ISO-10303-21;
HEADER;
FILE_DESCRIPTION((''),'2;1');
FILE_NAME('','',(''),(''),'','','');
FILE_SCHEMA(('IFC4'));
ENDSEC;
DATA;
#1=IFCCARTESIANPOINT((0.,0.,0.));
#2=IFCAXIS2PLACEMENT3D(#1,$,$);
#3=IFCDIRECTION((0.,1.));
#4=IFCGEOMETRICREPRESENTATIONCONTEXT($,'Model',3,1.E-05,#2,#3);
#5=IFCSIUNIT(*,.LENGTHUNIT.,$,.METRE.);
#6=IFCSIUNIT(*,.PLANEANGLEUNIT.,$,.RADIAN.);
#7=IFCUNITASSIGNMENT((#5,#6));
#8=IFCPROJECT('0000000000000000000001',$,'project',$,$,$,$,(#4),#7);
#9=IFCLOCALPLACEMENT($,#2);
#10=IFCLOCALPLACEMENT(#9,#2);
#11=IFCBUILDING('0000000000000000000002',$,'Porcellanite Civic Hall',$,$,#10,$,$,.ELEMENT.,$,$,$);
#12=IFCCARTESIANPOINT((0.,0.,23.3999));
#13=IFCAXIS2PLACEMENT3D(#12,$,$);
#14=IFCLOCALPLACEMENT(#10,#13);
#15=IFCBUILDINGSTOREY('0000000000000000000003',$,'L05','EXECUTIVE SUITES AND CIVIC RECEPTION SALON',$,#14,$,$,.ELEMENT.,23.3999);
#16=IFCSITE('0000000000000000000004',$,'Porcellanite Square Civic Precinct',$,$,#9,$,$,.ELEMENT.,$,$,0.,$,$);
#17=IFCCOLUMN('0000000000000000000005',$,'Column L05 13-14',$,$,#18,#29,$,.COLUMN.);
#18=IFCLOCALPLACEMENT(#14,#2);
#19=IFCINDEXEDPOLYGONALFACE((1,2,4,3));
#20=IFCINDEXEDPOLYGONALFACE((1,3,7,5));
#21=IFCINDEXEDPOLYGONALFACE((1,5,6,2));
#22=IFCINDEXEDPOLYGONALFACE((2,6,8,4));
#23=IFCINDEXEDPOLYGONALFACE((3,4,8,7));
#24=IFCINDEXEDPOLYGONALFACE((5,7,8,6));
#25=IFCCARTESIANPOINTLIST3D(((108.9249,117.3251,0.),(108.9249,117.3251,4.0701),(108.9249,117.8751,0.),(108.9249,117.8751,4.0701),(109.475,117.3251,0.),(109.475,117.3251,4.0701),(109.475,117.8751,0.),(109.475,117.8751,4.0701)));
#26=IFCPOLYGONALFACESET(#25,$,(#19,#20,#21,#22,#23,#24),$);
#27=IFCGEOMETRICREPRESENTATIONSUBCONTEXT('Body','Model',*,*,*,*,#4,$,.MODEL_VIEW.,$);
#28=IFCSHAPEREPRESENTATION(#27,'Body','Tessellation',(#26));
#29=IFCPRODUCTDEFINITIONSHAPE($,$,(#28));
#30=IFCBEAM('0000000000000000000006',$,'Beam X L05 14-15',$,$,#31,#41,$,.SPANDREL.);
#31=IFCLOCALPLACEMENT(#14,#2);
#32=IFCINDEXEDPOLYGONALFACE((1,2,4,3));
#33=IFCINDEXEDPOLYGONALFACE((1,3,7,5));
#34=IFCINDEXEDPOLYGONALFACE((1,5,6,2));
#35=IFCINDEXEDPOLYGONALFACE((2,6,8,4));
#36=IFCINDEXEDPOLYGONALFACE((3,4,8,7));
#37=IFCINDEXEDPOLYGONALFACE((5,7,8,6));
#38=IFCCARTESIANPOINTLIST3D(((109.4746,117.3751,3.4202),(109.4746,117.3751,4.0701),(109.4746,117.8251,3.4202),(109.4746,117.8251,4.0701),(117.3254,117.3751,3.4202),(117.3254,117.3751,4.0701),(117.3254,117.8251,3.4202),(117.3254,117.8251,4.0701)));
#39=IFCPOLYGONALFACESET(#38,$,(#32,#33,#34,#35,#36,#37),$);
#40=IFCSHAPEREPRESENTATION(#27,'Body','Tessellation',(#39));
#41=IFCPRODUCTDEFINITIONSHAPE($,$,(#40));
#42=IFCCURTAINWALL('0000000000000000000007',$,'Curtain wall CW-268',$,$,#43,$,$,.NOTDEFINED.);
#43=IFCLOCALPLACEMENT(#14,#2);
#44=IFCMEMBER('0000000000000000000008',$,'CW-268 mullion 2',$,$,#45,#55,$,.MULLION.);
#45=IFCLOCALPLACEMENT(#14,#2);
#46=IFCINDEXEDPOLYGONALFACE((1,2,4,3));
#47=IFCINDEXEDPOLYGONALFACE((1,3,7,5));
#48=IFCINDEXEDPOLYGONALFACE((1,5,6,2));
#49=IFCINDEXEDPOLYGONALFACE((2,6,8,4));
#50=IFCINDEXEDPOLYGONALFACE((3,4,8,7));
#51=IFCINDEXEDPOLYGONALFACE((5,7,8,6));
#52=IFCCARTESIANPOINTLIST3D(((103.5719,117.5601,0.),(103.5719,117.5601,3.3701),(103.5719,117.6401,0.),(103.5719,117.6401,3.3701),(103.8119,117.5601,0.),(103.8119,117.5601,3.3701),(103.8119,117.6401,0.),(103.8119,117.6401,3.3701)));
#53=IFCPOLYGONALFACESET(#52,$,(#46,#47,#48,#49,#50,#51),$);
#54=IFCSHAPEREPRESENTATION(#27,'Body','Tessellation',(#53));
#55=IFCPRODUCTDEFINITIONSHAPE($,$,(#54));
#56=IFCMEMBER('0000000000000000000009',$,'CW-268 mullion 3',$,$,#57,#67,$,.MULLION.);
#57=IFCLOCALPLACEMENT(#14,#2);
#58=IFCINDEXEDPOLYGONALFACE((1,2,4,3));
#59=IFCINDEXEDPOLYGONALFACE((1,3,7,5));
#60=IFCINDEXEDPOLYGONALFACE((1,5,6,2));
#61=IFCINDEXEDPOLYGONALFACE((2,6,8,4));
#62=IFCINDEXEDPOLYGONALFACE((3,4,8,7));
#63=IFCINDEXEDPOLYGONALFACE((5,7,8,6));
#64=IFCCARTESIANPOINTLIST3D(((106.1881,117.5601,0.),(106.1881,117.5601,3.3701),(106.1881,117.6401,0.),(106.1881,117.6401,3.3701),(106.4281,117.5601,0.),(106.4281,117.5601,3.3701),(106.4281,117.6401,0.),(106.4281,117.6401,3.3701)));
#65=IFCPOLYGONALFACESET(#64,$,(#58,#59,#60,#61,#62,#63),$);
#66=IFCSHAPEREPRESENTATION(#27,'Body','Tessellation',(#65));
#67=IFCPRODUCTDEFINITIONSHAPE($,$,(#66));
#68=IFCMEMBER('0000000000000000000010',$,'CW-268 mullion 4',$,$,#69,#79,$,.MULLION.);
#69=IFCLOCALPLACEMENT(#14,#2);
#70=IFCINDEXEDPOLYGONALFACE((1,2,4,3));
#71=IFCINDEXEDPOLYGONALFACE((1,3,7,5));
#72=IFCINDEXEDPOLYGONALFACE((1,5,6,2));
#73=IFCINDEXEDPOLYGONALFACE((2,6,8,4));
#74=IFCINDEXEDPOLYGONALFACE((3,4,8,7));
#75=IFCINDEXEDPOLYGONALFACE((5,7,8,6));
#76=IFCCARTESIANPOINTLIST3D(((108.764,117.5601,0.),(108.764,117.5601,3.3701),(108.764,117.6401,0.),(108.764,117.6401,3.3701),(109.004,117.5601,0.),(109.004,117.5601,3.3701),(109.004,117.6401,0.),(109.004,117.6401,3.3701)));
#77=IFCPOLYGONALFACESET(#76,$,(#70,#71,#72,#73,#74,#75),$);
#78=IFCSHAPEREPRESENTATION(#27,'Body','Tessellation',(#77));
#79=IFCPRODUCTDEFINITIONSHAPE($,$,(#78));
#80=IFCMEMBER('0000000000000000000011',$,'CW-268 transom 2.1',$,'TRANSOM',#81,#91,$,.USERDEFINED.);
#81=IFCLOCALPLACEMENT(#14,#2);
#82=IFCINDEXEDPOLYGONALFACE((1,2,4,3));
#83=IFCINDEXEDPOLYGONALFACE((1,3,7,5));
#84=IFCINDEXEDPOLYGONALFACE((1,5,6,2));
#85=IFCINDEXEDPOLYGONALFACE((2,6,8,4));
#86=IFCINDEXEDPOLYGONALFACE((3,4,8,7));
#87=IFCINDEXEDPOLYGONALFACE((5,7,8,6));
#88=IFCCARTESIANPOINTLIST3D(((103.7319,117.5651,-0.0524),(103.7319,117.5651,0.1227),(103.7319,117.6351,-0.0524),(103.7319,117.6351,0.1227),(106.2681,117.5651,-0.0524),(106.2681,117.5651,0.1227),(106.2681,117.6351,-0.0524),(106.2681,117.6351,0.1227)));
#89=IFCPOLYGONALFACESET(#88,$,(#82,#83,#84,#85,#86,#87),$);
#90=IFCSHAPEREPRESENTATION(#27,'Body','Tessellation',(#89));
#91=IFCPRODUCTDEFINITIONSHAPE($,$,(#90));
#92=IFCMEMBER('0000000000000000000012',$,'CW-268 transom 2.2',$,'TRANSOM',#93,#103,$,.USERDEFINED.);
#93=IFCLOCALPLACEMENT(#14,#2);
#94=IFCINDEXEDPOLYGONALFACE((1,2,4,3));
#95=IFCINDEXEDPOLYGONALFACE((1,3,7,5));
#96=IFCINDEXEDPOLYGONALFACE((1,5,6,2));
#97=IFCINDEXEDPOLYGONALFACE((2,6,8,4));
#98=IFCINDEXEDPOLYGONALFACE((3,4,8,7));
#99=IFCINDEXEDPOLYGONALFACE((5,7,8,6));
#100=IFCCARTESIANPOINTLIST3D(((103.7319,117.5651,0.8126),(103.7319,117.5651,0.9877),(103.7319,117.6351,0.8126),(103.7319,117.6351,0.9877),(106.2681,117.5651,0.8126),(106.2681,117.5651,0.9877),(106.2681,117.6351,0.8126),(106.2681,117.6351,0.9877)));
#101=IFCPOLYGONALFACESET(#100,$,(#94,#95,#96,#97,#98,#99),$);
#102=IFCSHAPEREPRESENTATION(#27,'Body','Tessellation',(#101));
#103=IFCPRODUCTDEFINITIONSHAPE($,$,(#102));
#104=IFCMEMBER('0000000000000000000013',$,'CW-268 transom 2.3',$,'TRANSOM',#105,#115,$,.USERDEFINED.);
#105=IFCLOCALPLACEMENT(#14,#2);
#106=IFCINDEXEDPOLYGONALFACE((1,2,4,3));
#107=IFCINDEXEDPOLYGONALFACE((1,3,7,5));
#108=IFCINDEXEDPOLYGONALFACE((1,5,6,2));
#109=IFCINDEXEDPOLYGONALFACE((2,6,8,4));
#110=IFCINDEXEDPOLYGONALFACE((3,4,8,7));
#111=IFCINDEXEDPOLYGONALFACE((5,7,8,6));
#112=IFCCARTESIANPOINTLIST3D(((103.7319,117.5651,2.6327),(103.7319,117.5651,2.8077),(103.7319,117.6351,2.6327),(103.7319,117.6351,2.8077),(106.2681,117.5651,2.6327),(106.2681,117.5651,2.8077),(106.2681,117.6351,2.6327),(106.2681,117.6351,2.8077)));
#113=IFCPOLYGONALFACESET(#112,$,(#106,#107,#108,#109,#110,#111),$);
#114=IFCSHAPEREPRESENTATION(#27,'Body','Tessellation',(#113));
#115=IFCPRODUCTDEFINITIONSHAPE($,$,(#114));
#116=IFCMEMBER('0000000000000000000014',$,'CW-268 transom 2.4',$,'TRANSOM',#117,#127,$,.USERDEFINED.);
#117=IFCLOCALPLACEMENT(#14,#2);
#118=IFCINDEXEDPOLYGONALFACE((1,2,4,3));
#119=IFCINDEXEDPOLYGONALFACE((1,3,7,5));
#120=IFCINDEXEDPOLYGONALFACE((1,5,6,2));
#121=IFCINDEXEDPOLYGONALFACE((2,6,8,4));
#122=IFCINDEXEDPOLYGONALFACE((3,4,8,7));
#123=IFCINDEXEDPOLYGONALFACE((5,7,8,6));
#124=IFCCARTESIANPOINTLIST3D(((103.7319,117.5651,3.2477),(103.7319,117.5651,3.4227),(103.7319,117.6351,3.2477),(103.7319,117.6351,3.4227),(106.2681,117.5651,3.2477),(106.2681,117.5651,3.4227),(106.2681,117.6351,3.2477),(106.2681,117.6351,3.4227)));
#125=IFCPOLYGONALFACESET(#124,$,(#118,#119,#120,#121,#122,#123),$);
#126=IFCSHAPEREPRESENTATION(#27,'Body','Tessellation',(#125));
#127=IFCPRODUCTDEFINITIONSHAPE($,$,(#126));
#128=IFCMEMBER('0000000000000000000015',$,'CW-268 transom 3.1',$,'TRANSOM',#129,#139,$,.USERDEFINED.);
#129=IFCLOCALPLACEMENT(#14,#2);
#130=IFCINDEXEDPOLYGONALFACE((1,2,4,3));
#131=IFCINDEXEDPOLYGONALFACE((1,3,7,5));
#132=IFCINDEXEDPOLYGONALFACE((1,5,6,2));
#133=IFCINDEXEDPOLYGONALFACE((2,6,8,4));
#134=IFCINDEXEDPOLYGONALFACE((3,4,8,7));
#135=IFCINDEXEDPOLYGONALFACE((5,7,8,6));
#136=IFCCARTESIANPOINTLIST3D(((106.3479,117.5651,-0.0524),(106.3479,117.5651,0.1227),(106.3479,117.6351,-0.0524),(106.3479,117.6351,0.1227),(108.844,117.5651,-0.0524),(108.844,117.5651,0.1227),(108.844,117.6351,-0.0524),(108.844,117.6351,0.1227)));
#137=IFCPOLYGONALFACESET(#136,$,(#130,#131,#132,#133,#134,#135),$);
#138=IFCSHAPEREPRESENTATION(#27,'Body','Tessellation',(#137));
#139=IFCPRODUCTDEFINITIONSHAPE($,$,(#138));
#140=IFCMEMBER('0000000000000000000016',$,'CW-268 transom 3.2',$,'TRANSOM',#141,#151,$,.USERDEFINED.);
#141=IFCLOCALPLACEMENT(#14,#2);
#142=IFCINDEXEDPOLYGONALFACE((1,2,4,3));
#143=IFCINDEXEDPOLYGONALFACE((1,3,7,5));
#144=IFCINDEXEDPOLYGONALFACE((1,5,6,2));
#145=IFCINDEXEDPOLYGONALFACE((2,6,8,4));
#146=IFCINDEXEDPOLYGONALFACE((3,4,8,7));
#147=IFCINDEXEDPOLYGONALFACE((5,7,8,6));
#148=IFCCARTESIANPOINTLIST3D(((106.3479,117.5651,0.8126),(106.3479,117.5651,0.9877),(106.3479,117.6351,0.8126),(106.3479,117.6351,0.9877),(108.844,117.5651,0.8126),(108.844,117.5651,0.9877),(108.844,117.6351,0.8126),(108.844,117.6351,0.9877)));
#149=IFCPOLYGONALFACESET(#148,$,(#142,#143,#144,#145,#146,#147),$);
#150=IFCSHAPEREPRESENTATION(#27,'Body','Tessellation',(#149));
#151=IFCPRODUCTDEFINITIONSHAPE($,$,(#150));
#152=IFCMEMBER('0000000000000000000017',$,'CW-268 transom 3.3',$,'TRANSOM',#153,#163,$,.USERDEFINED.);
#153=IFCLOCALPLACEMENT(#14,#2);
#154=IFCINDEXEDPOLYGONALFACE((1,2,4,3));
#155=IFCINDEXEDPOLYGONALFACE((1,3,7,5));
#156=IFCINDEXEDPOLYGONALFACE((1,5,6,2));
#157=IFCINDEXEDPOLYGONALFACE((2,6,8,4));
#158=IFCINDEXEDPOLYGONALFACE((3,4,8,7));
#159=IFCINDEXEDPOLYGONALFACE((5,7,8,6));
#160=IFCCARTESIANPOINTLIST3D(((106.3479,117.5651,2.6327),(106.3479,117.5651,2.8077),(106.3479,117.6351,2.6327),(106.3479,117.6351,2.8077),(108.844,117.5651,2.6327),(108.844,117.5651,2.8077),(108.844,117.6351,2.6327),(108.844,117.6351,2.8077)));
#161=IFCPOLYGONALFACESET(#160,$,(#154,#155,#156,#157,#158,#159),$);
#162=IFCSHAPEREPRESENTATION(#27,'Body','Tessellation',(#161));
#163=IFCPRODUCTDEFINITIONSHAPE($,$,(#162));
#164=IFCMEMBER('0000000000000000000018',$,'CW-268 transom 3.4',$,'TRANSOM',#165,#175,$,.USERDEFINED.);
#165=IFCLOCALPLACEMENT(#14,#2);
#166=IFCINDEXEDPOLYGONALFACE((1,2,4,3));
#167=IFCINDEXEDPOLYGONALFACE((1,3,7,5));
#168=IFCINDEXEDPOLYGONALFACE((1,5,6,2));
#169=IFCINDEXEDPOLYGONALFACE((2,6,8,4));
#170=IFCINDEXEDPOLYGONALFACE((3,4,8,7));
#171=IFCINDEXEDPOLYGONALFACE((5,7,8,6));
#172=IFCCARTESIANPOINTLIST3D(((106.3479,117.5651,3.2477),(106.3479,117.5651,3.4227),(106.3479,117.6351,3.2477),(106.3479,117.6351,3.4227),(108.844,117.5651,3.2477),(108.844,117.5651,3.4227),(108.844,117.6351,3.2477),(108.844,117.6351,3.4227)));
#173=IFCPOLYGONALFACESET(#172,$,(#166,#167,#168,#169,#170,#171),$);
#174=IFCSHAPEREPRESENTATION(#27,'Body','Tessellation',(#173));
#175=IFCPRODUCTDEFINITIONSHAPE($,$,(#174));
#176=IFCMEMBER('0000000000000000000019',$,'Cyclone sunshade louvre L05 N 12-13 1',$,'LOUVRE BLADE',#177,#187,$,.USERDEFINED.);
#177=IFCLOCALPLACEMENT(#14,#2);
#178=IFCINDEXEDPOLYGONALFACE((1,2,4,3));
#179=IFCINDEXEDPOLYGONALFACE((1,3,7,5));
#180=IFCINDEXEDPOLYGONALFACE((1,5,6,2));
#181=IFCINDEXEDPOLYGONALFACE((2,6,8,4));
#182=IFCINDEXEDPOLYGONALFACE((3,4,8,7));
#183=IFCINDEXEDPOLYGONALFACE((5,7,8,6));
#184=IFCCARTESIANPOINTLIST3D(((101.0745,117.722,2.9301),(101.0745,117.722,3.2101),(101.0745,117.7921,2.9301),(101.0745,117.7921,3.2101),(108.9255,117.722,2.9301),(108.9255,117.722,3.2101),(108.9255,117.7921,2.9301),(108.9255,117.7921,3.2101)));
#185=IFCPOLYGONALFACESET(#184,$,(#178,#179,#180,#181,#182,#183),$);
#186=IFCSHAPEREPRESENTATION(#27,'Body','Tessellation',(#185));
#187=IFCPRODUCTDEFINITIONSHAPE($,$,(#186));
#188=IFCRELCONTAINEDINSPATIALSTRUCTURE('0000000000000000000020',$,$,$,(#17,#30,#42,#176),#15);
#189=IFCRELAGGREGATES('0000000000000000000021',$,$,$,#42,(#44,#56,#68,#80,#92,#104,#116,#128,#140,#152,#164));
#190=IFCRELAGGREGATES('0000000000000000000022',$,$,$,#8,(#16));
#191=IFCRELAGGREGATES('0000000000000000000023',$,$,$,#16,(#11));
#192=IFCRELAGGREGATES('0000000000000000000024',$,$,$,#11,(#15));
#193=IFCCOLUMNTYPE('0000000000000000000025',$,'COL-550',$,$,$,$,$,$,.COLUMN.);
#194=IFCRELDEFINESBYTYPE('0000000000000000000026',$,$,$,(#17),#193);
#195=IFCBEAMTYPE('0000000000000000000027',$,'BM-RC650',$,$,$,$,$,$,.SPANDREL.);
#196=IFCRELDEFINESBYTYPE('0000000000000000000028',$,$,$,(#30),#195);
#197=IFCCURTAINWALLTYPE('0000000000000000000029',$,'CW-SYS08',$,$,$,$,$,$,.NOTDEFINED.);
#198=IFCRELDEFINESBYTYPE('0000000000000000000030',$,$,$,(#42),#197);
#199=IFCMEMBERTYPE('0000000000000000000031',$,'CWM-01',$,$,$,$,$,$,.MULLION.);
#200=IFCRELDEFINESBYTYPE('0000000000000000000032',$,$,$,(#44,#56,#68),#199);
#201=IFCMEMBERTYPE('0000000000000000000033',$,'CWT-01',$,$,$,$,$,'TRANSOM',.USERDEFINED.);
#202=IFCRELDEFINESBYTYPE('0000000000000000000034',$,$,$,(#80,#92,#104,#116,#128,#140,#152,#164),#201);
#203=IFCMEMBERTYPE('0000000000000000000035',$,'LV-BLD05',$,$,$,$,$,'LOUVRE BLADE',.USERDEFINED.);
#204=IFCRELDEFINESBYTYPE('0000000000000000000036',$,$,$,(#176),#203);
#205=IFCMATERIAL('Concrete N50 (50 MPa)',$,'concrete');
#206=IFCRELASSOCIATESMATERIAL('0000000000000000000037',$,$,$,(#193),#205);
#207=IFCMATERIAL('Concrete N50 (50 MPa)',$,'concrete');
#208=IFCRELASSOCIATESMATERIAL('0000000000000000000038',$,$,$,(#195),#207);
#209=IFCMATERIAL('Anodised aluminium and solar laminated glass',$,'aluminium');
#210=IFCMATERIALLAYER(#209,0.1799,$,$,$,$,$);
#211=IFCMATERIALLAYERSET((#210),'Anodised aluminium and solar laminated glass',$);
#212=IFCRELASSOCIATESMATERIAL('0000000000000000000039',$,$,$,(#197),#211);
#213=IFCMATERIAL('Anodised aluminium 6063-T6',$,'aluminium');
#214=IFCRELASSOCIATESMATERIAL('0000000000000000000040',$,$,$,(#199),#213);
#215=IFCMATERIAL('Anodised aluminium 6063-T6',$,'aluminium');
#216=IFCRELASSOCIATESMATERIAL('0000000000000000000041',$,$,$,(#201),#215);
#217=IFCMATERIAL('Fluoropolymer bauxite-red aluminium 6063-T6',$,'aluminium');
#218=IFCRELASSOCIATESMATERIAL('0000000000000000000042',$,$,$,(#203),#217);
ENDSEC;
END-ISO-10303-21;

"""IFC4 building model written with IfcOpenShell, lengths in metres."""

from ifc_helpers import new_model, si_unit, direction, frame, origin, origin_2d, place, context, subcontext, project, spatial, rectangle, extrude, material, layer, layer_set, material_profile, profile_set, type_object, element, aggregate, save


model = new_model("IFC4")

# Units and contexts
model_context = context("Model", 3, precision=1e-05, world=origin(), true_north=direction((0.0, 1.0)))
body_context = subcontext(model_context, "Body", "Model", "MODEL_VIEW")
ifc_project = project(units=[si_unit("LENGTHUNIT", "METRE"), si_unit("PLANEANGLEUNIT", "RADIAN")], contexts=[model_context])

# Site, building, storey
site_placement = place(None, origin())
site = spatial("IfcSite", under=ifc_project, at=site_placement, Name="Porcellanite Square Civic Precinct", CompositionType="ELEMENT", RefElevation=0.0)
building_placement = place(site_placement, origin())
building = spatial("IfcBuilding", under=site, at=building_placement, Name="Porcellanite Civic Hall", CompositionType="ELEMENT")
storey_placement = place(building_placement, frame((0.0, 0.0, 23.3999)))
storey = spatial("IfcBuildingStorey", under=building, at=storey_placement, Name="L05", Description="EXECUTIVE SUITES AND CIVIC RECEPTION SALON", CompositionType="ELEMENT", Elevation=23.3999)

# Column
ifc_material_1 = material(Name="Concrete N50 (50 MPa)", Category="concrete")
ifc_material_profile_1 = material_profile(ifc_material_1, rectangle(XDim=0.55, YDim=0.55, at=origin_2d()), Name="RC-550x550")
ifc_profile_set_1 = profile_set([ifc_material_profile_1], Name="Concrete N50 (50 MPa)")
column_type = type_object("IfcColumnType", Name="COL-550", PredefinedType="COLUMN", material=ifc_profile_set_1)
column_placement = place(storey_placement, frame((109.2, 117.6001, 0.0), z_axis=(0.0, 0.0, 1.0), x_axis=(1.0, 0.0, 0.0)))
element("IfcColumn", 1, at=column_placement, inside=storey, type_object=column_type, Name="Column L05 13-14", PredefinedType="COLUMN", context=body_context, shape_type="SweptSolid", body=[
    extrude(rectangle(XDim=0.55, YDim=0.55, at=origin_2d()), origin(), (0.0, 0.0, 1.0), 4.0701),
])

# Beam
ifc_material_2 = material(Name="Concrete N50 (50 MPa)", Category="concrete")
ifc_material_profile_2 = material_profile(ifc_material_2, rectangle(XDim=0.45, YDim=0.6499, at=origin_2d()), Name="RC-450x650")
ifc_profile_set_2 = profile_set([ifc_material_profile_2], Name="Concrete N50 (50 MPa)")
beam_type = type_object("IfcBeamType", Name="BM-RC650", PredefinedType="SPANDREL", material=ifc_profile_set_2)
beam_placement = place(storey_placement, frame((109.4746, 117.6001, 3.7451), z_axis=(1.0, 0.0, 0.0), x_axis=(0.0, 1.0, 0.0)))
element("IfcBeam", 2, at=beam_placement, inside=storey, type_object=beam_type, Name="Beam X L05 14-15", PredefinedType="SPANDREL", context=body_context, shape_type="SweptSolid", body=[
    extrude(rectangle(XDim=0.45, YDim=0.6499, at=origin_2d()), origin(), (0.0, 0.0, 1.0), 7.8508),
])

# Curtain wall, members
ifc_material_3 = material(Name="Anodised aluminium and solar laminated glass", Category="aluminium")
ifc_layer_1 = layer(ifc_material_3, 0.1799)
ifc_layer_set_1 = layer_set([ifc_layer_1], Name="Anodised aluminium and solar laminated glass")
curtain_wall_type = type_object("IfcCurtainWallType", Name="CW-SYS08", PredefinedType="NOTDEFINED", material=ifc_layer_set_1)
curtain_wall_placement = place(storey_placement, origin())
curtain_wall = element("IfcCurtainWall", 3, at=curtain_wall_placement, inside=storey, type_object=curtain_wall_type, Name="Curtain wall CW-268", PredefinedType="NOTDEFINED")
ifc_material_4 = material(Name="Anodised aluminium 6063-T6", Category="aluminium")
ifc_material_profile_3 = material_profile(ifc_material_4, rectangle(XDim=0.0801, YDim=0.24, at=origin_2d()), Name="AL-80x240")
ifc_profile_set_3 = profile_set([ifc_material_profile_3], Name="Anodised aluminium 6063-T6")
member_type_1 = type_object("IfcMemberType", Name="CWM-01", PredefinedType="MULLION", material=ifc_profile_set_3)
member_1_placement = place(storey_placement, frame((103.6919, 117.6001, 0.0), z_axis=(0.0, 0.0, 1.0), x_axis=(0.0, 1.0, 0.0)))
member_1 = element("IfcMember", 4, at=member_1_placement, type_object=member_type_1, Name="CW-268 mullion 2", PredefinedType="MULLION", context=body_context, shape_type="SweptSolid", body=[
    extrude(rectangle(XDim=0.0801, YDim=0.24, at=origin_2d()), origin(), (0.0, 0.0, 1.0), 3.3701),
])
member_2_placement = place(storey_placement, frame((106.3081, 117.6001, 0.0), z_axis=(0.0, 0.0, 1.0), x_axis=(0.0, 1.0, 0.0)))
member_2 = element("IfcMember", 5, at=member_2_placement, type_object=member_type_1, Name="CW-268 mullion 3", PredefinedType="MULLION", context=body_context, shape_type="SweptSolid", body=[
    extrude(rectangle(XDim=0.0801, YDim=0.24, at=origin_2d()), origin(), (0.0, 0.0, 1.0), 3.3701),
])
member_3_placement = place(storey_placement, frame((108.884, 117.6001, 0.0), z_axis=(0.0, 0.0, 1.0), x_axis=(0.0, 1.0, 0.0)))
member_3 = element("IfcMember", 6, at=member_3_placement, type_object=member_type_1, Name="CW-268 mullion 4", PredefinedType="MULLION", context=body_context, shape_type="SweptSolid", body=[
    extrude(rectangle(XDim=0.0801, YDim=0.24, at=origin_2d()), origin(), (0.0, 0.0, 1.0), 3.3701),
])
ifc_material_5 = material(Name="Anodised aluminium 6063-T6", Category="aluminium")
ifc_material_profile_4 = material_profile(ifc_material_5, rectangle(XDim=0.0701, YDim=0.175, at=origin_2d()), Name="AL-70x175")
ifc_profile_set_4 = profile_set([ifc_material_profile_4], Name="Anodised aluminium 6063-T6")
member_type_2 = type_object("IfcMemberType", Name="CWT-01", ElementType="TRANSOM", PredefinedType="USERDEFINED", material=ifc_profile_set_4)
member_4_placement = place(storey_placement, frame((103.7319, 117.6001, 0.0352), z_axis=(1.0, 0.0, 0.0), x_axis=(0.0, 1.0, 0.0)))
member_4 = element("IfcMember", 7, at=member_4_placement, type_object=member_type_2, Name="CW-268 transom 2.1", ObjectType="TRANSOM", PredefinedType="USERDEFINED", context=body_context, shape_type="SweptSolid", body=[
    extrude(rectangle(XDim=0.0701, YDim=0.175, at=origin_2d()), origin(), (0.0, 0.0, 1.0), 2.5361),
])
member_5_placement = place(storey_placement, frame((103.7319, 117.6001, 0.9001), z_axis=(1.0, 0.0, 0.0), x_axis=(0.0, 1.0, 0.0)))
member_5 = element("IfcMember", 8, at=member_5_placement, type_object=member_type_2, Name="CW-268 transom 2.2", ObjectType="TRANSOM", PredefinedType="USERDEFINED", context=body_context, shape_type="SweptSolid", body=[
    extrude(rectangle(XDim=0.0701, YDim=0.175, at=origin_2d()), origin(), (0.0, 0.0, 1.0), 2.5361),
])
member_6_placement = place(storey_placement, frame((103.7319, 117.6001, 2.7202), z_axis=(1.0, 0.0, 0.0), x_axis=(0.0, 1.0, 0.0)))
member_6 = element("IfcMember", 9, at=member_6_placement, type_object=member_type_2, Name="CW-268 transom 2.3", ObjectType="TRANSOM", PredefinedType="USERDEFINED", context=body_context, shape_type="SweptSolid", body=[
    extrude(rectangle(XDim=0.0701, YDim=0.175, at=origin_2d()), origin(), (0.0, 0.0, 1.0), 2.5361),
])
member_7_placement = place(storey_placement, frame((103.7319, 117.6001, 3.3352), z_axis=(1.0, 0.0, 0.0), x_axis=(0.0, 1.0, 0.0)))
member_7 = element("IfcMember", 10, at=member_7_placement, type_object=member_type_2, Name="CW-268 transom 2.4", ObjectType="TRANSOM", PredefinedType="USERDEFINED", context=body_context, shape_type="SweptSolid", body=[
    extrude(rectangle(XDim=0.0701, YDim=0.175, at=origin_2d()), origin(), (0.0, 0.0, 1.0), 2.5361),
])
member_8_placement = place(storey_placement, frame((106.3479, 117.6001, 0.0352), z_axis=(1.0, 0.0, 0.0), x_axis=(0.0, 1.0, 0.0)))
member_8 = element("IfcMember", 11, at=member_8_placement, type_object=member_type_2, Name="CW-268 transom 3.1", ObjectType="TRANSOM", PredefinedType="USERDEFINED", context=body_context, shape_type="SweptSolid", body=[
    extrude(rectangle(XDim=0.0701, YDim=0.175, at=origin_2d()), origin(), (0.0, 0.0, 1.0), 2.4961),
])
member_9_placement = place(storey_placement, frame((106.3479, 117.6001, 0.9001), z_axis=(1.0, 0.0, 0.0), x_axis=(0.0, 1.0, 0.0)))
member_9 = element("IfcMember", 12, at=member_9_placement, type_object=member_type_2, Name="CW-268 transom 3.2", ObjectType="TRANSOM", PredefinedType="USERDEFINED", context=body_context, shape_type="SweptSolid", body=[
    extrude(rectangle(XDim=0.0701, YDim=0.175, at=origin_2d()), origin(), (0.0, 0.0, 1.0), 2.4961),
])
member_10_placement = place(storey_placement, frame((106.3479, 117.6001, 2.7202), z_axis=(1.0, 0.0, 0.0), x_axis=(0.0, 1.0, 0.0)))
member_10 = element("IfcMember", 13, at=member_10_placement, type_object=member_type_2, Name="CW-268 transom 3.3", ObjectType="TRANSOM", PredefinedType="USERDEFINED", context=body_context, shape_type="SweptSolid", body=[
    extrude(rectangle(XDim=0.0701, YDim=0.175, at=origin_2d()), origin(), (0.0, 0.0, 1.0), 2.4961),
])
member_11_placement = place(storey_placement, frame((106.3479, 117.6001, 3.3352), z_axis=(1.0, 0.0, 0.0), x_axis=(0.0, 1.0, 0.0)))
member_11 = element("IfcMember", 14, at=member_11_placement, type_object=member_type_2, Name="CW-268 transom 3.4", ObjectType="TRANSOM", PredefinedType="USERDEFINED", context=body_context, shape_type="SweptSolid", body=[
    extrude(rectangle(XDim=0.0701, YDim=0.175, at=origin_2d()), origin(), (0.0, 0.0, 1.0), 2.4961),
])

# Member
ifc_material_6 = material(Name="Fluoropolymer bauxite-red aluminium 6063-T6", Category="aluminium")
ifc_material_profile_5 = material_profile(ifc_material_6, rectangle(XDim=0.0701, YDim=0.28, at=origin_2d()), Name="AL-70x280")
ifc_profile_set_5 = profile_set([ifc_material_profile_5], Name="Fluoropolymer bauxite-red aluminium 6063-T6")
member_type_3 = type_object("IfcMemberType", Name="LV-BLD05", ElementType="LOUVRE BLADE", PredefinedType="USERDEFINED", material=ifc_profile_set_5)
for number, where, z_axis, x_axis, name in (
    (15, (101.0745, 117.7571, 3.0701), (1.0, 0.0, 0.0), (0.0, 1.0, 0.0), "Cyclone sunshade louvre L05 N 12-13 1"),
):
    element("IfcMember", number, at=place(storey_placement, frame(where, z_axis=z_axis, x_axis=x_axis)), inside=storey, type_object=member_type_3, Name=name, ObjectType="LOUVRE BLADE", PredefinedType="USERDEFINED", context=body_context, shape_type="SweptSolid", body=[
        extrude(rectangle(XDim=0.0701, YDim=0.28, at=origin_2d()), origin(), (0.0, 0.0, 1.0), 7.8511),
    ])

aggregate(curtain_wall, [member_1, member_2, member_3, member_4, member_5, member_6, member_7, member_8, member_9, member_10, member_11])

save(model, "model.ifc")
